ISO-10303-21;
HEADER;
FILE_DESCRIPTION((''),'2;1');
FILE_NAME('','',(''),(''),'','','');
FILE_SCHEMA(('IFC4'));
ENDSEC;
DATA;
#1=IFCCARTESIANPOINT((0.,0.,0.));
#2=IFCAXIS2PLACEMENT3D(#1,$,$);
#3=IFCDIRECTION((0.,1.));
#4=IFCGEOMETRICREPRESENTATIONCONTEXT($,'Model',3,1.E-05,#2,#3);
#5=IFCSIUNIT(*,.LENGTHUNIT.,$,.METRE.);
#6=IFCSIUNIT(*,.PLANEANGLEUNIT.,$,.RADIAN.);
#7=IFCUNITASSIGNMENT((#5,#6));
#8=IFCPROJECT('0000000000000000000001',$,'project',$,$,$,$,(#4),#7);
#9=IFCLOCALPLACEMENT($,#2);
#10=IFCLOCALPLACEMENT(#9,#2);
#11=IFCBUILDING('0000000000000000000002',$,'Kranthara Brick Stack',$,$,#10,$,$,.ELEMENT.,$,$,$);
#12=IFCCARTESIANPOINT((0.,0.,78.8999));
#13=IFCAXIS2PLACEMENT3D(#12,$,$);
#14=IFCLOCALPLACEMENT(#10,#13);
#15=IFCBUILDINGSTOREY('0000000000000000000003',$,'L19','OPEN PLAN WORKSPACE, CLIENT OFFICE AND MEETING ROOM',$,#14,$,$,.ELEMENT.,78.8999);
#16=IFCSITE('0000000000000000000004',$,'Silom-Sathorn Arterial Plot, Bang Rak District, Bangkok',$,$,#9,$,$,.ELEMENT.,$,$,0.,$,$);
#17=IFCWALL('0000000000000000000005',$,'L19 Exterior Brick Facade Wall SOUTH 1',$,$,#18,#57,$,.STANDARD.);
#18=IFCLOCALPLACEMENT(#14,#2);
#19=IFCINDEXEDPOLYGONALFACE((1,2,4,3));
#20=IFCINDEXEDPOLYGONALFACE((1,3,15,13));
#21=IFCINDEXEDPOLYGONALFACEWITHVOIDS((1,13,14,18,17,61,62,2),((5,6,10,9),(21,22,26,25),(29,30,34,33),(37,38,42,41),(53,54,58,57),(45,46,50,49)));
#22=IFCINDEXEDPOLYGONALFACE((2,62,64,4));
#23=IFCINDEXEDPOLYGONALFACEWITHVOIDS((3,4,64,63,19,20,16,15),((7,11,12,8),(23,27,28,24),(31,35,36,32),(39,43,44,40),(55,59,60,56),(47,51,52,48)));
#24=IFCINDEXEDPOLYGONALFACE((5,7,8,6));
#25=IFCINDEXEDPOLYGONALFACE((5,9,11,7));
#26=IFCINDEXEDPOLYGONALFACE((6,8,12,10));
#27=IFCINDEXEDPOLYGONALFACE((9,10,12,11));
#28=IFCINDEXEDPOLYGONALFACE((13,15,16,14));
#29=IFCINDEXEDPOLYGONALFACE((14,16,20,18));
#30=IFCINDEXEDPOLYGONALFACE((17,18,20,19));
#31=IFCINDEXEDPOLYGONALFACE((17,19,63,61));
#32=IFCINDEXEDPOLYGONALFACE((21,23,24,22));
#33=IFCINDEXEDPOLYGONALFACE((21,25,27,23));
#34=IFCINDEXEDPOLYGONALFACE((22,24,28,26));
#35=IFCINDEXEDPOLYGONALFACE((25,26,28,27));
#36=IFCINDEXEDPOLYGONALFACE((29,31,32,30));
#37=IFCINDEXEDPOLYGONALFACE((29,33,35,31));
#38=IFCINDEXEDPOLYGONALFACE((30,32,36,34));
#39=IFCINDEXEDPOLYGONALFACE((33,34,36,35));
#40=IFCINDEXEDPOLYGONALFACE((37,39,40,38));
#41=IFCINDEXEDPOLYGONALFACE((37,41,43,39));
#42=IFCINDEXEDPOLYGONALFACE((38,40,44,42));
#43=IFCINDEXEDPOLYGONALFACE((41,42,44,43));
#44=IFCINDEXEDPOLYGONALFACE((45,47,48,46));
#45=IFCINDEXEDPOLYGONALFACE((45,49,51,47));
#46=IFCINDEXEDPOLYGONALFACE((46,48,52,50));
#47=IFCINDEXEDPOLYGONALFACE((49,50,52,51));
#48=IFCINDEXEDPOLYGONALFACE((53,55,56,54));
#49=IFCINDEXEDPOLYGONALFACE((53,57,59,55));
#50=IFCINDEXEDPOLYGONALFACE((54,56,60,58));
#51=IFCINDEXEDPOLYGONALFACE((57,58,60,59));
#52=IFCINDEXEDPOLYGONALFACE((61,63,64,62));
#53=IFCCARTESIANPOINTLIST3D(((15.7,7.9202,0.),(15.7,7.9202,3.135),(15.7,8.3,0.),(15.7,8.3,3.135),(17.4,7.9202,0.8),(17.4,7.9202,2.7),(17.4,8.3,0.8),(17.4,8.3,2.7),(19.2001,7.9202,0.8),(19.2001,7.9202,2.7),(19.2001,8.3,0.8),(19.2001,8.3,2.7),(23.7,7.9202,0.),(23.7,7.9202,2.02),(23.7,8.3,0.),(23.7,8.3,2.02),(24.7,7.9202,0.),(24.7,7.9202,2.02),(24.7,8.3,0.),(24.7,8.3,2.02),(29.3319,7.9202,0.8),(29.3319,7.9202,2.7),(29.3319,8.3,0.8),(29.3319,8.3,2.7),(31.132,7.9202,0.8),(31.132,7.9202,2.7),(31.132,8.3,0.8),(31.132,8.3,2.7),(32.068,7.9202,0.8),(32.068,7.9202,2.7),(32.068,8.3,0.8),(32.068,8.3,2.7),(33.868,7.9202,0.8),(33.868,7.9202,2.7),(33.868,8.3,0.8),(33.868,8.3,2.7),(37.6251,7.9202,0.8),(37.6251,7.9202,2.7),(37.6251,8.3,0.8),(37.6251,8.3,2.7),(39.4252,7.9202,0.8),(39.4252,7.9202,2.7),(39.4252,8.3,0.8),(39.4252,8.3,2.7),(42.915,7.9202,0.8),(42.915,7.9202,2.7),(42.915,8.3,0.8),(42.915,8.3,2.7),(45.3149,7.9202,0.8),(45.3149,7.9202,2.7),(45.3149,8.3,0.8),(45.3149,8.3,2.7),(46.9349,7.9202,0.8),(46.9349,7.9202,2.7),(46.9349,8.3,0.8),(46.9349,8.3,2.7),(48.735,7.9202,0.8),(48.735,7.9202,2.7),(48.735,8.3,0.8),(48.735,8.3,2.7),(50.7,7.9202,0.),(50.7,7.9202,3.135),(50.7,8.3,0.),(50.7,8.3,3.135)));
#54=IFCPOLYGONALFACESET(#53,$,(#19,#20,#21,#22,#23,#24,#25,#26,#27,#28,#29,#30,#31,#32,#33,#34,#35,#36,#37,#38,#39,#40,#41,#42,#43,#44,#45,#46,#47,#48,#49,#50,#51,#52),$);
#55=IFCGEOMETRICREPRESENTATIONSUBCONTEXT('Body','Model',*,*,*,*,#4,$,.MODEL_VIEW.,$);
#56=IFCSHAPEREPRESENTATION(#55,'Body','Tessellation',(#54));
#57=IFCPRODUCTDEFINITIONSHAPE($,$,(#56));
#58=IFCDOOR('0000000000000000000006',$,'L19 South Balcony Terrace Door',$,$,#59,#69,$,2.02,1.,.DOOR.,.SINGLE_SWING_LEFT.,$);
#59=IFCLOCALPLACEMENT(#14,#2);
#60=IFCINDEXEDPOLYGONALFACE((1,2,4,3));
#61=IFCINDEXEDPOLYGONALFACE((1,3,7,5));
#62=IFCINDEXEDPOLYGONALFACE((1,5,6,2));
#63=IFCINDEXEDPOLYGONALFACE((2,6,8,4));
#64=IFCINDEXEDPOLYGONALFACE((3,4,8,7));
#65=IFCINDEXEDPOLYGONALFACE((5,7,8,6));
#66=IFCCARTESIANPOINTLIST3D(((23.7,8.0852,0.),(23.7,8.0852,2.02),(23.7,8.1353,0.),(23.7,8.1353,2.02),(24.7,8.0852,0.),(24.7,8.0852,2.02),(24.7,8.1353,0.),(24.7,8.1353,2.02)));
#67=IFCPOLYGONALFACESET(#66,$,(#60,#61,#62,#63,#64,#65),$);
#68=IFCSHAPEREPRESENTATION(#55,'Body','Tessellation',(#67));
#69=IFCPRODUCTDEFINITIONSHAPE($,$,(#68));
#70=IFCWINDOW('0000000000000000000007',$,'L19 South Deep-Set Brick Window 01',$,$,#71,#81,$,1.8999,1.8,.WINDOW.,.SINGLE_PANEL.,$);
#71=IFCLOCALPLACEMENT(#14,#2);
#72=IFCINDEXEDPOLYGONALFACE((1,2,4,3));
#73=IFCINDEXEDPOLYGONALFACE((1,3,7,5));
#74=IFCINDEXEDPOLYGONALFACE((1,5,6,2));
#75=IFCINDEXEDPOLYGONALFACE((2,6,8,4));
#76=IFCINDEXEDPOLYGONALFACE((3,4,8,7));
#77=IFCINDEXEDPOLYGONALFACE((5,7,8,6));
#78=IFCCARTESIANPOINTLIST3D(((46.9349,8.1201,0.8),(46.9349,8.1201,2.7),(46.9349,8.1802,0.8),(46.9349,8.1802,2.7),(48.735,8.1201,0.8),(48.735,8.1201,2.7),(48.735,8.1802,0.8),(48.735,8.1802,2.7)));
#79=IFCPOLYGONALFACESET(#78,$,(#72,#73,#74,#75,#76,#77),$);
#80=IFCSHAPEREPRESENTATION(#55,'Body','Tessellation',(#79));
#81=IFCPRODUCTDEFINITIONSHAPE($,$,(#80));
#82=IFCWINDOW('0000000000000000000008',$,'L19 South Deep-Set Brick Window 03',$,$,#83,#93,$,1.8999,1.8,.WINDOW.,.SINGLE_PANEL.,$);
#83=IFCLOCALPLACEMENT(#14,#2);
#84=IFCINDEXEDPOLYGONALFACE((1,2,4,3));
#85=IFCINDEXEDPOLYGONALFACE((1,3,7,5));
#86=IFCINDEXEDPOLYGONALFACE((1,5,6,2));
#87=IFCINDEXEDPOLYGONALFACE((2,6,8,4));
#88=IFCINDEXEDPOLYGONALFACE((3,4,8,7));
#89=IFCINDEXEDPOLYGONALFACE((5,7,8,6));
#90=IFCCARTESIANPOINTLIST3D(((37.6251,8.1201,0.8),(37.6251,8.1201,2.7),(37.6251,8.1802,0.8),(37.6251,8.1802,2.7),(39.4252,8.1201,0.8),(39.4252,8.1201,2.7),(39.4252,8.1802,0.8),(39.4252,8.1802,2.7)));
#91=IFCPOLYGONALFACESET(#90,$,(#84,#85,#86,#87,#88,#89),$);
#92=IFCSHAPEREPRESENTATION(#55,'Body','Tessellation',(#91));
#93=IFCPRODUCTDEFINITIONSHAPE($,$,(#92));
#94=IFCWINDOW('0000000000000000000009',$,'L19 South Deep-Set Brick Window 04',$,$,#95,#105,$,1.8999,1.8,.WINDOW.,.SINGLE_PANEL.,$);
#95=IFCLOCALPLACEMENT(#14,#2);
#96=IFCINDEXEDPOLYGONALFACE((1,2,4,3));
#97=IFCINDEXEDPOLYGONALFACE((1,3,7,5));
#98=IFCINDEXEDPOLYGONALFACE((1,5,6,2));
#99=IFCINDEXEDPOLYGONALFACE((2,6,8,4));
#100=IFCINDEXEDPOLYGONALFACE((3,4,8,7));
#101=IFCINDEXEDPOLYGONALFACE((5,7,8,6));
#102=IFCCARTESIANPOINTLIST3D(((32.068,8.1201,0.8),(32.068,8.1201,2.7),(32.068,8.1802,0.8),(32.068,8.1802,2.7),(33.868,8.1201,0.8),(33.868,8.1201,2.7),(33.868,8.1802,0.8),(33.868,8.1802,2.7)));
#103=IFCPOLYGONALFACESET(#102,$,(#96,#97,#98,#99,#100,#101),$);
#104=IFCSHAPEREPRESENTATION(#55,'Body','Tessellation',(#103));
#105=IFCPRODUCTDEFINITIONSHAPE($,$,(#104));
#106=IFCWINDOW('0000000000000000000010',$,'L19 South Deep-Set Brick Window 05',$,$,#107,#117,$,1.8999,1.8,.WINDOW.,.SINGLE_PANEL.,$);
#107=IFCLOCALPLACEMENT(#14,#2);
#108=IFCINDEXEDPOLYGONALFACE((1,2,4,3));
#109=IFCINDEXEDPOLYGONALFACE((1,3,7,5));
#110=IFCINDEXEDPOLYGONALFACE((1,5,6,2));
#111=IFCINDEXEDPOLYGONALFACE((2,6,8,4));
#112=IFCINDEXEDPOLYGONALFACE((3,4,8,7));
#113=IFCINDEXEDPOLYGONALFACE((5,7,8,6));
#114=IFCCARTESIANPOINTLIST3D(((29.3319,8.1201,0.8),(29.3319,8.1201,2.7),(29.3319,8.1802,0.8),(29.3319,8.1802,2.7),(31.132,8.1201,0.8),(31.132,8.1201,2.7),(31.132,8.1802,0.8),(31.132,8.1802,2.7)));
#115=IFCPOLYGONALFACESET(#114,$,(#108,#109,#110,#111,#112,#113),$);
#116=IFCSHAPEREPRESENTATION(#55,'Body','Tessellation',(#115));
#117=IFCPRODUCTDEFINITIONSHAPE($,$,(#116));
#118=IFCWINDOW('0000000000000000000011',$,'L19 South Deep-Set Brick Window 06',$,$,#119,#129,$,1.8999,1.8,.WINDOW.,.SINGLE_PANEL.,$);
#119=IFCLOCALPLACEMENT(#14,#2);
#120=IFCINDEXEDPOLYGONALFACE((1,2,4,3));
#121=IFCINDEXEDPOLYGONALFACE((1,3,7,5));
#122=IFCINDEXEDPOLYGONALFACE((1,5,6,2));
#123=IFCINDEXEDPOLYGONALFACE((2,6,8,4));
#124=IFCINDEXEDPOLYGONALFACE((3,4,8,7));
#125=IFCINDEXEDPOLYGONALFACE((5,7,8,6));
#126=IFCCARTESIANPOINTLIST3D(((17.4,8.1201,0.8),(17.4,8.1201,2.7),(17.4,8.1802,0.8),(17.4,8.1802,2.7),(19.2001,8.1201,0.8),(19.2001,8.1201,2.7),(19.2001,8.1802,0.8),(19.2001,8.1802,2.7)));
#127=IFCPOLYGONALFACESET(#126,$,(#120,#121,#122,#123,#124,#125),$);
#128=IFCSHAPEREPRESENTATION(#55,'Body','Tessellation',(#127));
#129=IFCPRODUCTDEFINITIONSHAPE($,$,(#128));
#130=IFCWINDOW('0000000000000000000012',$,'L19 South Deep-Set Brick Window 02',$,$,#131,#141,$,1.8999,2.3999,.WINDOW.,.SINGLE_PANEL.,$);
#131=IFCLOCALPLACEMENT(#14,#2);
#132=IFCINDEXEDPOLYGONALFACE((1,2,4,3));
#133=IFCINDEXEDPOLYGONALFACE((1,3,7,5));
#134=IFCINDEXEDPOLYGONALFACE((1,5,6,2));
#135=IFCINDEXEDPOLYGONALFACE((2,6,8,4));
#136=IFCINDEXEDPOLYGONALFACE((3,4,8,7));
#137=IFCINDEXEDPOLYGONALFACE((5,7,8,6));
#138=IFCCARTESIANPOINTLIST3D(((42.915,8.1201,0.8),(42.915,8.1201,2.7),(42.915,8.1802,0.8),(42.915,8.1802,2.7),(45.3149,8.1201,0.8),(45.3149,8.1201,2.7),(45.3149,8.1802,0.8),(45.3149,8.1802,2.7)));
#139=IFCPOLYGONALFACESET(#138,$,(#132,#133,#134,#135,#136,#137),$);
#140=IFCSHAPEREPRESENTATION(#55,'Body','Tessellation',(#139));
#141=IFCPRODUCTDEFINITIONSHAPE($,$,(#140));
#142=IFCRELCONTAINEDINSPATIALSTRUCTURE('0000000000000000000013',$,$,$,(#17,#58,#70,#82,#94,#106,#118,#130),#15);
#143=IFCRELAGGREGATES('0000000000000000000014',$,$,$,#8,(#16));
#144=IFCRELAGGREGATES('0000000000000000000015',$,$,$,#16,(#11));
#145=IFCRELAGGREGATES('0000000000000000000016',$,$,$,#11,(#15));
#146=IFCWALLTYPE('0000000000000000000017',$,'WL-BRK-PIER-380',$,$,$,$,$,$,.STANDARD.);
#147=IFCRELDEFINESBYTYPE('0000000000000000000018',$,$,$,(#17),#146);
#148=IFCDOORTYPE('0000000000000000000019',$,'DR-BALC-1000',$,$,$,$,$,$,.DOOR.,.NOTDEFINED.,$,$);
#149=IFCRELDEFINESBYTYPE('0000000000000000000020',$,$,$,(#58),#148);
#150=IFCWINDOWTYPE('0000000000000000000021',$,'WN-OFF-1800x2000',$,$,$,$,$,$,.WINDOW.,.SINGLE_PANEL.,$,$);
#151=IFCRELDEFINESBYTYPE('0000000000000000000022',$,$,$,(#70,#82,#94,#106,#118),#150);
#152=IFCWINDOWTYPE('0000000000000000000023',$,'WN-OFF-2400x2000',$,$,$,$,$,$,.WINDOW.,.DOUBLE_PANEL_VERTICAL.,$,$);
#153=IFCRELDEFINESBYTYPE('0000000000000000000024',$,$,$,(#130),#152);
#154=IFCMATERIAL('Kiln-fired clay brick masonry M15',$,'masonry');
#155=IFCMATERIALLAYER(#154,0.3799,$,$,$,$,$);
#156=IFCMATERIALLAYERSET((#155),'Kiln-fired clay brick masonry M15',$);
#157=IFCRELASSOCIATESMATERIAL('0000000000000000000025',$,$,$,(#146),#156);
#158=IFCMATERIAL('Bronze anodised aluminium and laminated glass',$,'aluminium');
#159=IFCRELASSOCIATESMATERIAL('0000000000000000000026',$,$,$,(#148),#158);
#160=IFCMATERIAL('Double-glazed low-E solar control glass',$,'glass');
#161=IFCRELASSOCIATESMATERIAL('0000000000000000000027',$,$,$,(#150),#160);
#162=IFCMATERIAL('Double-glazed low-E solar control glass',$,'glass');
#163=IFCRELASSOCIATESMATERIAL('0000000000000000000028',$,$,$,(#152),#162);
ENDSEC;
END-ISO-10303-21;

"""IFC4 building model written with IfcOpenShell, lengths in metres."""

from ifc_helpers import new_model, si_unit, direction, frame, frame_2d, origin, place, context, subcontext, project, spatial, rectangle, extrude, material, layer, layer_set, type_object, element, fill, save


model = new_model("IFC4")

# Units and contexts
model_context = context("Model", 3, precision=1e-05, world=origin(), true_north=direction((0.0, 1.0)))
body_context = subcontext(model_context, "Body", "Model", "MODEL_VIEW")
ifc_project = project(units=[si_unit("LENGTHUNIT", "METRE"), si_unit("PLANEANGLEUNIT", "RADIAN")], contexts=[model_context])

# Site, building, storey
site_placement = place(None, origin())
site = spatial("IfcSite", under=ifc_project, at=site_placement, Name="Silom-Sathorn Arterial Plot, Bang Rak District, Bangkok", CompositionType="ELEMENT", RefElevation=0.0)
building_placement = place(site_placement, origin())
building = spatial("IfcBuilding", under=site, at=building_placement, Name="Kranthara Brick Stack", CompositionType="ELEMENT")
storey_placement = place(building_placement, frame((0.0, 0.0, 78.8999)))
storey = spatial("IfcBuildingStorey", under=building, at=storey_placement, Name="L19", Description="OPEN PLAN WORKSPACE, CLIENT OFFICE AND MEETING ROOM", CompositionType="ELEMENT", Elevation=78.8999)

# Wall, openings, door, windows
ifc_material_1 = material(Name="Kiln-fired clay brick masonry M15", Category="masonry")
ifc_layer_1 = layer(ifc_material_1, 0.3799)
ifc_layer_set_1 = layer_set([ifc_layer_1], Name="Kiln-fired clay brick masonry M15")
wall_type = type_object("IfcWallType", Name="WL-BRK-PIER-380", PredefinedType="STANDARD", material=ifc_layer_set_1)
wall_1_placement = place(storey_placement, frame((50.7, 8.1101, 0.0), z_axis=(0.0, 0.0, 1.0), x_axis=(-1.0, 0.0, 0.0)))
wall_1 = element("IfcWall", 1, at=wall_1_placement, inside=storey, type_object=wall_type, Name="L19 Exterior Brick Facade Wall SOUTH 1", PredefinedType="STANDARD", context=body_context, shape_type="SweptSolid", body=[
    extrude(rectangle(XDim=35.0, YDim=0.3799, at=frame_2d((17.5, 0.0))), origin(), (0.0, 0.0, 1.0), 3.135),
])
opening_1_placement = place(wall_1_placement, frame((26.0, 0.0, 0.0)))
opening_1 = element("IfcOpeningElement", 2, at=opening_1_placement, cuts=wall_1, PredefinedType="OPENING", context=body_context, shape_type="SweptSolid", body=[
    extrude(rectangle(XDim=1.0, YDim=2.02, at=frame_2d((0.5, 1.01))), frame((0.0, 0.2, 0.0), z_axis=(0.0, -1.0, 0.0), x_axis=(1.0, 0.0, 0.0)), (0.0, 0.0, 1.0), 0.3999),
])
opening_2_placement = place(wall_1_placement, frame((1.9651, 0.0, 0.8)))
opening_2 = element("IfcOpeningElement", 3, at=opening_2_placement, cuts=wall_1, PredefinedType="OPENING", context=body_context, shape_type="SweptSolid", body=[
    extrude(rectangle(XDim=1.8, YDim=1.8999, at=frame_2d((0.8999, 0.95))), frame((0.0, 0.2, 0.0), z_axis=(0.0, -1.0, 0.0), x_axis=(1.0, 0.0, 0.0)), (0.0, 0.0, 1.0), 0.3999),
])
opening_3_placement = place(wall_1_placement, frame((5.385, 0.0, 0.8)))
opening_3 = element("IfcOpeningElement", 4, at=opening_3_placement, cuts=wall_1, PredefinedType="OPENING", context=body_context, shape_type="SweptSolid", body=[
    extrude(rectangle(XDim=2.3999, YDim=1.8999, at=frame_2d((1.2, 0.95))), frame((0.0, 0.2, 0.0), z_axis=(0.0, -1.0, 0.0), x_axis=(1.0, 0.0, 0.0)), (0.0, 0.0, 1.0), 0.3999),
])
opening_4_placement = place(wall_1_placement, frame((11.2749, 0.0, 0.8)))
opening_4 = element("IfcOpeningElement", 5, at=opening_4_placement, cuts=wall_1, PredefinedType="OPENING", context=body_context, shape_type="SweptSolid", body=[
    extrude(rectangle(XDim=1.8, YDim=1.8999, at=frame_2d((0.8999, 0.95))), frame((0.0, 0.2, 0.0), z_axis=(0.0, -1.0, 0.0), x_axis=(1.0, 0.0, 0.0)), (0.0, 0.0, 1.0), 0.3999),
])
opening_5_placement = place(wall_1_placement, frame((16.832, 0.0, 0.8)))
opening_5 = element("IfcOpeningElement", 6, at=opening_5_placement, cuts=wall_1, PredefinedType="OPENING", context=body_context, shape_type="SweptSolid", body=[
    extrude(rectangle(XDim=1.8, YDim=1.8999, at=frame_2d((0.8999, 0.95))), frame((0.0, 0.2, 0.0), z_axis=(0.0, -1.0, 0.0), x_axis=(1.0, 0.0, 0.0)), (0.0, 0.0, 1.0), 0.3999),
])
opening_6_placement = place(wall_1_placement, frame((19.5681, 0.0, 0.8)))
opening_6 = element("IfcOpeningElement", 7, at=opening_6_placement, cuts=wall_1, PredefinedType="OPENING", context=body_context, shape_type="SweptSolid", body=[
    extrude(rectangle(XDim=1.8, YDim=1.8999, at=frame_2d((0.8999, 0.95))), frame((0.0, 0.2, 0.0), z_axis=(0.0, -1.0, 0.0), x_axis=(1.0, 0.0, 0.0)), (0.0, 0.0, 1.0), 0.3999),
])
opening_7_placement = place(wall_1_placement, frame((31.5, 0.0, 0.8)))
opening_7 = element("IfcOpeningElement", 8, at=opening_7_placement, cuts=wall_1, PredefinedType="OPENING", context=body_context, shape_type="SweptSolid", body=[
    extrude(rectangle(XDim=1.8, YDim=1.8999, at=frame_2d((0.8999, 0.95))), frame((0.0, 0.2, 0.0), z_axis=(0.0, -1.0, 0.0), x_axis=(1.0, 0.0, 0.0)), (0.0, 0.0, 1.0), 0.3999),
])
ifc_material_2 = material(Name="Bronze anodised aluminium and laminated glass", Category="aluminium")
door_type = type_object("IfcDoorType", Name="DR-BALC-1000", OperationType="NOTDEFINED", PredefinedType="DOOR", material=ifc_material_2)
door_placement = place(opening_1_placement, origin())
door = element("IfcDoor", 9, at=door_placement, inside=storey, type_object=door_type, Name="L19 South Balcony Terrace Door", OperationType="SINGLE_SWING_LEFT", OverallHeight=2.02, OverallWidth=1.0, PredefinedType="DOOR", context=body_context, shape_type="SweptSolid", body=[
    extrude(rectangle(XDim=1.0, YDim=2.02, at=frame_2d((0.5, 1.01))), frame((0.0, 0.0249, 0.0), z_axis=(0.0, -1.0, 0.0), x_axis=(1.0, 0.0, 0.0)), (0.0, 0.0, 1.0), 0.05),
])
fill(opening_1, door)
ifc_material_3 = material(Name="Double-glazed low-E solar control glass", Category="glass")
window_type_1 = type_object("IfcWindowType", Name="WN-OFF-1800x2000", PartitioningType="SINGLE_PANEL", PredefinedType="WINDOW", material=ifc_material_3)
window_1_placement = place(opening_2_placement, origin())
window_1 = element("IfcWindow", 10, at=window_1_placement, inside=storey, type_object=window_type_1, Name="L19 South Deep-Set Brick Window 01", OverallHeight=1.8999, OverallWidth=1.8, PartitioningType="SINGLE_PANEL", PredefinedType="WINDOW", context=body_context, shape_type="SweptSolid", body=[
    extrude(rectangle(XDim=1.8, YDim=1.8999, at=frame_2d((0.8999, 0.95))), frame((0.0, -0.01, 0.0), z_axis=(0.0, -1.0, 0.0), x_axis=(1.0, 0.0, 0.0)), (0.0, 0.0, 1.0), 0.0601),
])
fill(opening_2, window_1)
window_2_placement = place(opening_4_placement, origin())
window_2 = element("IfcWindow", 11, at=window_2_placement, inside=storey, type_object=window_type_1, Name="L19 South Deep-Set Brick Window 03", OverallHeight=1.8999, OverallWidth=1.8, PartitioningType="SINGLE_PANEL", PredefinedType="WINDOW", context=body_context, shape_type="SweptSolid", body=[
    extrude(rectangle(XDim=1.8, YDim=1.8999, at=frame_2d((0.8999, 0.95))), frame((0.0, -0.01, 0.0), z_axis=(0.0, -1.0, 0.0), x_axis=(1.0, 0.0, 0.0)), (0.0, 0.0, 1.0), 0.0601),
])
fill(opening_4, window_2)
window_3_placement = place(opening_5_placement, origin())
window_3 = element("IfcWindow", 12, at=window_3_placement, inside=storey, type_object=window_type_1, Name="L19 South Deep-Set Brick Window 04", OverallHeight=1.8999, OverallWidth=1.8, PartitioningType="SINGLE_PANEL", PredefinedType="WINDOW", context=body_context, shape_type="SweptSolid", body=[
    extrude(rectangle(XDim=1.8, YDim=1.8999, at=frame_2d((0.8999, 0.95))), frame((0.0, -0.01, 0.0), z_axis=(0.0, -1.0, 0.0), x_axis=(1.0, 0.0, 0.0)), (0.0, 0.0, 1.0), 0.0601),
])
fill(opening_5, window_3)
window_4_placement = place(opening_6_placement, origin())
window_4 = element("IfcWindow", 13, at=window_4_placement, inside=storey, type_object=window_type_1, Name="L19 South Deep-Set Brick Window 05", OverallHeight=1.8999, OverallWidth=1.8, PartitioningType="SINGLE_PANEL", PredefinedType="WINDOW", context=body_context, shape_type="SweptSolid", body=[
    extrude(rectangle(XDim=1.8, YDim=1.8999, at=frame_2d((0.8999, 0.95))), frame((0.0, -0.01, 0.0), z_axis=(0.0, -1.0, 0.0), x_axis=(1.0, 0.0, 0.0)), (0.0, 0.0, 1.0), 0.0601),
])
fill(opening_6, window_4)
window_5_placement = place(opening_7_placement, origin())
window_5 = element("IfcWindow", 14, at=window_5_placement, inside=storey, type_object=window_type_1, Name="L19 South Deep-Set Brick Window 06", OverallHeight=1.8999, OverallWidth=1.8, PartitioningType="SINGLE_PANEL", PredefinedType="WINDOW", context=body_context, shape_type="SweptSolid", body=[
    extrude(rectangle(XDim=1.8, YDim=1.8999, at=frame_2d((0.8999, 0.95))), frame((0.0, -0.01, 0.0), z_axis=(0.0, -1.0, 0.0), x_axis=(1.0, 0.0, 0.0)), (0.0, 0.0, 1.0), 0.0601),
])
fill(opening_7, window_5)
ifc_material_4 = material(Name="Double-glazed low-E solar control glass", Category="glass")
window_type_2 = type_object("IfcWindowType", Name="WN-OFF-2400x2000", PartitioningType="DOUBLE_PANEL_VERTICAL", PredefinedType="WINDOW", material=ifc_material_4)
window_6_placement = place(opening_3_placement, origin())
window_6 = element("IfcWindow", 15, at=window_6_placement, inside=storey, type_object=window_type_2, Name="L19 South Deep-Set Brick Window 02", OverallHeight=1.8999, OverallWidth=2.3999, PartitioningType="SINGLE_PANEL", PredefinedType="WINDOW", context=body_context, shape_type="SweptSolid", body=[
    extrude(rectangle(XDim=2.3999, YDim=1.8999, at=frame_2d((1.2, 0.95))), frame((0.0, -0.01, 0.0), z_axis=(0.0, -1.0, 0.0), x_axis=(1.0, 0.0, 0.0)), (0.0, 0.0, 1.0), 0.0601),
])
fill(opening_3, window_6)

save(model, "model.ifc")
